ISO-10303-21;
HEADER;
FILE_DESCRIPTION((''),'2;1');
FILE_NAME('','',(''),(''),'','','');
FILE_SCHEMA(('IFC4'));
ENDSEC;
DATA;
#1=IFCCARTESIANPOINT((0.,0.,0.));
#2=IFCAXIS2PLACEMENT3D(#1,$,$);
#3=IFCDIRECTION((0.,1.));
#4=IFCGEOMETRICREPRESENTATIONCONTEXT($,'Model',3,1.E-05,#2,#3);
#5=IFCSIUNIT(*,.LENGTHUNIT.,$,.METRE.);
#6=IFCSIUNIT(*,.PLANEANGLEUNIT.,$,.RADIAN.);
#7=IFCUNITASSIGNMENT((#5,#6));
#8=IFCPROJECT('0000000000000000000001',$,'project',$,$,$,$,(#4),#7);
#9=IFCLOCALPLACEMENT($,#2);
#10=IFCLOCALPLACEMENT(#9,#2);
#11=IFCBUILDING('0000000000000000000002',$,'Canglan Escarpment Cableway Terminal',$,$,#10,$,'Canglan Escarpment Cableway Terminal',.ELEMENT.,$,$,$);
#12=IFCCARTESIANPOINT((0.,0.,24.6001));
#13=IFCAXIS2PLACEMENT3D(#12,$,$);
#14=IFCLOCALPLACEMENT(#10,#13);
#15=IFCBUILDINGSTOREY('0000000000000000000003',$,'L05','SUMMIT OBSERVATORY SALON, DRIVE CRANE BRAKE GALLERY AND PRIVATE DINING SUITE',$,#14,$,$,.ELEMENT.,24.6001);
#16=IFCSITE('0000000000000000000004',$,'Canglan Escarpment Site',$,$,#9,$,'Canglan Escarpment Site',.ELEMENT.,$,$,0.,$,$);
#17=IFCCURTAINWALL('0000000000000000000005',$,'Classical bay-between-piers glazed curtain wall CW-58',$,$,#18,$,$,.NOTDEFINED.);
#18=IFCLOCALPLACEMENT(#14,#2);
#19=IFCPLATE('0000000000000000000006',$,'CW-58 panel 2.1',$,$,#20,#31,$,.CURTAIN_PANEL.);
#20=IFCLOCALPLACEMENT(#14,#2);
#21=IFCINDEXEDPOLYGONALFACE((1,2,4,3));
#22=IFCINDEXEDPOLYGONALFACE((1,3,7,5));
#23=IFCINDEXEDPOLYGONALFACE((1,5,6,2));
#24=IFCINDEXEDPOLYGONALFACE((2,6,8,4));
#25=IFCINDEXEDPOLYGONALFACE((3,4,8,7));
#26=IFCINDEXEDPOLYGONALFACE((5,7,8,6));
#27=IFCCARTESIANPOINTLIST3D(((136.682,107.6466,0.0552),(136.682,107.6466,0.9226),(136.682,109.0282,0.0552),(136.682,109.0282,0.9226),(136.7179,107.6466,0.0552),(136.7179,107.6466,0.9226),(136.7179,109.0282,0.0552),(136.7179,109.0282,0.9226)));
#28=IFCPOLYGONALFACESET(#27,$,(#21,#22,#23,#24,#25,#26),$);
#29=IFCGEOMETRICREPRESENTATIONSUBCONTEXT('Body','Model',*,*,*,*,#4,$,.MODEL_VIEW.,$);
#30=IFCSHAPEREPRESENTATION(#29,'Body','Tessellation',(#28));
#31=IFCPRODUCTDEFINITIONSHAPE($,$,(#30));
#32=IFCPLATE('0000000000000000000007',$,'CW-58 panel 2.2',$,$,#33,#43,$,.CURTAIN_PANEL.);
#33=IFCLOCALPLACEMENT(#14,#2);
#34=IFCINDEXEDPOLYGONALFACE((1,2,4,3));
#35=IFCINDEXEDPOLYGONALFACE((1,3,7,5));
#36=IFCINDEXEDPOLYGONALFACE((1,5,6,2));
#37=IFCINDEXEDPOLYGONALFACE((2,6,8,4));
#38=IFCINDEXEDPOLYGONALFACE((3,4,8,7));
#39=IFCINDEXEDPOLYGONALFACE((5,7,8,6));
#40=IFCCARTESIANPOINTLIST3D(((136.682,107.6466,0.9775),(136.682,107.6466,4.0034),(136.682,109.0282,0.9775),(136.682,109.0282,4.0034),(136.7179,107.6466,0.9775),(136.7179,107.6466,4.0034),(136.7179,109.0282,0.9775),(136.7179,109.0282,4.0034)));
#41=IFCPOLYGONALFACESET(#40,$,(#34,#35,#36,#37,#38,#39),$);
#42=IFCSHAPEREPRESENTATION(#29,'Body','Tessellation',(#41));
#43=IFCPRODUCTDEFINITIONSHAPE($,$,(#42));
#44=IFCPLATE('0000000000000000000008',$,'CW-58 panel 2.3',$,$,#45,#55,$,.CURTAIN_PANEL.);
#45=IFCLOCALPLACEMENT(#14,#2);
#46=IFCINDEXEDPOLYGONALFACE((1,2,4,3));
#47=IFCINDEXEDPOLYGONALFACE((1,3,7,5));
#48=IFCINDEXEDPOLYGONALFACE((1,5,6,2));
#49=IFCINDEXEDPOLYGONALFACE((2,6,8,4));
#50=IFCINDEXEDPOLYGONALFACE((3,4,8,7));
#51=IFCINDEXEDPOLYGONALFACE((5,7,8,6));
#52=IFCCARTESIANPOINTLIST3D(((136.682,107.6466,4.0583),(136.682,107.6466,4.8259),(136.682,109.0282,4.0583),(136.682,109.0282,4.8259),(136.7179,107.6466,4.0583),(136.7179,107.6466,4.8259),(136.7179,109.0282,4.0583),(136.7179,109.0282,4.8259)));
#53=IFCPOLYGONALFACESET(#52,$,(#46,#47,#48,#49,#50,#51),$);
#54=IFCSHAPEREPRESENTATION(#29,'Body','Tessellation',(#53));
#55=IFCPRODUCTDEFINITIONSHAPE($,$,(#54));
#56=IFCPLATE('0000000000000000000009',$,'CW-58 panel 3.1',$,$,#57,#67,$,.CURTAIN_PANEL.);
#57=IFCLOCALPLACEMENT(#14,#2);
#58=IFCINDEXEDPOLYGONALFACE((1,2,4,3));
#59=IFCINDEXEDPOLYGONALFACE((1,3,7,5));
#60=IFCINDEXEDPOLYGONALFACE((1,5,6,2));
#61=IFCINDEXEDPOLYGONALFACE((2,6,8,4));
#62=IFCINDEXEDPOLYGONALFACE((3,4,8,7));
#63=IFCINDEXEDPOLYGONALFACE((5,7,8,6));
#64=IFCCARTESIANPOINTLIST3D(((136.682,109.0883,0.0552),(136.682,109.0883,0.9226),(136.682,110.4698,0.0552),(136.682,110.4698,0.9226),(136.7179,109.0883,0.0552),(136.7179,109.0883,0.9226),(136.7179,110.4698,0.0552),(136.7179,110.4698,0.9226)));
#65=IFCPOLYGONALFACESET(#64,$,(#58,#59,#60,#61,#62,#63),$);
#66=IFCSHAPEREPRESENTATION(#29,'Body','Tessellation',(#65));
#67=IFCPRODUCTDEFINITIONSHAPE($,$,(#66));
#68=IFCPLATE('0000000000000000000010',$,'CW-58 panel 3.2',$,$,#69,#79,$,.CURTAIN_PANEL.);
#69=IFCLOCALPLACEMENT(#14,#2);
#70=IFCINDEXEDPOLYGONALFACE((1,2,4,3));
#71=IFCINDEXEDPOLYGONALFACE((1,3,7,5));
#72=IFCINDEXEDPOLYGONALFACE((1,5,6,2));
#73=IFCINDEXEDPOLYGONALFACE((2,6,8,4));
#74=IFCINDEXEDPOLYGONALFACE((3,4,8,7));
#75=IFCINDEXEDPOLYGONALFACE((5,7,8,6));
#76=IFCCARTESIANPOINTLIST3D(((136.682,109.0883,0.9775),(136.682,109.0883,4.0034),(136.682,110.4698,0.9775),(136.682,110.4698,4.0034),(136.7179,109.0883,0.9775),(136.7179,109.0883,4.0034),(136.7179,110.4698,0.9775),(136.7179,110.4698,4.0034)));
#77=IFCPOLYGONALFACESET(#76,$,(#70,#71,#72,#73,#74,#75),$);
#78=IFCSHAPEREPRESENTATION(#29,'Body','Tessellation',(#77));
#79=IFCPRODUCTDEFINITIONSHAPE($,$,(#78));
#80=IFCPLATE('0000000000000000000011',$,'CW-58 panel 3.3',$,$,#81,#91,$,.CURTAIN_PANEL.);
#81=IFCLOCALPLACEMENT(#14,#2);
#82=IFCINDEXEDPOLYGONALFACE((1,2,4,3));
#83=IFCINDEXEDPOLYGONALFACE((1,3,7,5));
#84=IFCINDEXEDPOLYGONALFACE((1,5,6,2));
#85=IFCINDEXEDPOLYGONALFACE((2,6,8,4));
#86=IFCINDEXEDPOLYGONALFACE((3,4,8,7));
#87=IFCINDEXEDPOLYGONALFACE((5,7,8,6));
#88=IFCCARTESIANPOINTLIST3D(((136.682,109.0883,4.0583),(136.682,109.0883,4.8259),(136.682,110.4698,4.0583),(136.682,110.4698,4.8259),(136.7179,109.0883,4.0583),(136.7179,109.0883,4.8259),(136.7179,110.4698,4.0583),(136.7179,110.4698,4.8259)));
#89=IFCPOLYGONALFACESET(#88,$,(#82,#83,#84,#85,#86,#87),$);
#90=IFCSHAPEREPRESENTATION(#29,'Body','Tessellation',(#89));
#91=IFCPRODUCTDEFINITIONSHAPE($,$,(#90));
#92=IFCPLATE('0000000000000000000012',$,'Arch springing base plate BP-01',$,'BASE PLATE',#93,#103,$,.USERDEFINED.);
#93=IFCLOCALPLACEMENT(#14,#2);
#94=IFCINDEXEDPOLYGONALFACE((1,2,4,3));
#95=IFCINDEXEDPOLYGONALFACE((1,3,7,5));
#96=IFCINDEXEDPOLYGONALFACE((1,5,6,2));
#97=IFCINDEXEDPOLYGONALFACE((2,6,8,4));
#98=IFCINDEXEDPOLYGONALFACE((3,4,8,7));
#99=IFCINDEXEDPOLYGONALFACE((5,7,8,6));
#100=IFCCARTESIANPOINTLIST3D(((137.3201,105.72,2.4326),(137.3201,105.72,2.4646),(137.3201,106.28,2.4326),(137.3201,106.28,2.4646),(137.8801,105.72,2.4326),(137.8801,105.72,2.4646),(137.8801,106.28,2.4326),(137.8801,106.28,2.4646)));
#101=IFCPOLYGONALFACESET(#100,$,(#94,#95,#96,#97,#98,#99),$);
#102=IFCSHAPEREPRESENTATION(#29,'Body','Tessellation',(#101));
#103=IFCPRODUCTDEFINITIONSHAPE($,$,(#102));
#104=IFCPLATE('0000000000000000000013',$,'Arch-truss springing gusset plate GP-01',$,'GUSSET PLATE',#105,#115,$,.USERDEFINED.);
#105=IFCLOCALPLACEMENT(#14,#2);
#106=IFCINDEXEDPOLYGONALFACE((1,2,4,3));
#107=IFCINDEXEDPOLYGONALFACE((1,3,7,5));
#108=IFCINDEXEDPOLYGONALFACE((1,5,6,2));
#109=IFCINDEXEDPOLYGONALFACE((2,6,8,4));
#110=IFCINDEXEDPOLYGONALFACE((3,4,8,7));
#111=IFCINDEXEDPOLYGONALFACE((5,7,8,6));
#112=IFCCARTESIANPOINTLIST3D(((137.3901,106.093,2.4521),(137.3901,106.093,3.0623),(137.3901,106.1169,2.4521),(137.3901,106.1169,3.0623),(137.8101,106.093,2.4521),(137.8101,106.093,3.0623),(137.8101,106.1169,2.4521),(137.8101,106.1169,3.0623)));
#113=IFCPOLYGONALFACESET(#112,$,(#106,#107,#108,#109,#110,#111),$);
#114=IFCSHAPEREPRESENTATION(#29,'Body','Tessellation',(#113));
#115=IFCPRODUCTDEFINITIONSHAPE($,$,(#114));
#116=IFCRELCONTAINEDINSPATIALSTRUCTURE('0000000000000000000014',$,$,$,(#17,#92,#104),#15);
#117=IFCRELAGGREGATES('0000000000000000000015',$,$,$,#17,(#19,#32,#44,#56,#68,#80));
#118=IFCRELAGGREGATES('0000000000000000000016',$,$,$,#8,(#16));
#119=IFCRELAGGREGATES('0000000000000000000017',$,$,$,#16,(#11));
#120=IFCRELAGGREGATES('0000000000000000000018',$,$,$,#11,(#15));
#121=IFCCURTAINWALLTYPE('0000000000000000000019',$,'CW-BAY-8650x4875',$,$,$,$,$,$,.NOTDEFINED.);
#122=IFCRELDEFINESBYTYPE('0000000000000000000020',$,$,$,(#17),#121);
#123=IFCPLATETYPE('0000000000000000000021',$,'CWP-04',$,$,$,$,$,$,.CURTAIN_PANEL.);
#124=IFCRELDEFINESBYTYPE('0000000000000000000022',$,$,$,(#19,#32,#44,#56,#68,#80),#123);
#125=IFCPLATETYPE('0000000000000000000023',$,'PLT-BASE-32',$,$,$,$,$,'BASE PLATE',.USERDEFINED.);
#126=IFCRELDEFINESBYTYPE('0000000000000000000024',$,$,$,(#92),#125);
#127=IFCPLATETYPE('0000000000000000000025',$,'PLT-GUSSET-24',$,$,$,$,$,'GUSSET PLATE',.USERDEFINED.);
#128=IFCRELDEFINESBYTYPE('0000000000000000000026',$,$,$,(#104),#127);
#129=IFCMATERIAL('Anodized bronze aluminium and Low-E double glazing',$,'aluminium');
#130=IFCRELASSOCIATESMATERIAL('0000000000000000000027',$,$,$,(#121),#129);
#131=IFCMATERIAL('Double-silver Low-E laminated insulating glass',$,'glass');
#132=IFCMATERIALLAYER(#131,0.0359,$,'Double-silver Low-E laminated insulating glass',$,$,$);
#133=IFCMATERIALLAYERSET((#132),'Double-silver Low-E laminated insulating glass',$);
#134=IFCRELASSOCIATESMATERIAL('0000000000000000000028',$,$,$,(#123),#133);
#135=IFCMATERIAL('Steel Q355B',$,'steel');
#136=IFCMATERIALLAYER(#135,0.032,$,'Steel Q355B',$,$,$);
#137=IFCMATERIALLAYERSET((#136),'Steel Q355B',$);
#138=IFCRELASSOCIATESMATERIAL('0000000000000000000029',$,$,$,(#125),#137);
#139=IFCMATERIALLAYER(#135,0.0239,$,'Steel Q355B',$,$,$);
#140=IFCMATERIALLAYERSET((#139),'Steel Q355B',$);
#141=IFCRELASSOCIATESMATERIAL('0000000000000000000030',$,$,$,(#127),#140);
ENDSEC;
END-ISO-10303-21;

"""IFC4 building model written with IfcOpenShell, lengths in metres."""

from ifc_helpers import new_model, si_unit, direction, frame, origin, origin_2d, place, context, subcontext, project, spatial, rectangle, extrude, material, layer, layer_set, type_object, element, aggregate, save


model = new_model("IFC4")

# Units and contexts
model_context = context("Model", 3, precision=1e-05, world=origin(), true_north=direction((0.0, 1.0)))
body_context = subcontext(model_context, "Body", "Model", "MODEL_VIEW")
ifc_project = project(units=[si_unit("LENGTHUNIT", "METRE"), si_unit("PLANEANGLEUNIT", "RADIAN")], contexts=[model_context])

# Site, building, storey
site_placement = place(None, origin())
site = spatial("IfcSite", under=ifc_project, at=site_placement, Name="Canglan Escarpment Site", LongName="Canglan Escarpment Site", CompositionType="ELEMENT", RefElevation=0.0)
building_placement = place(site_placement, origin())
building = spatial("IfcBuilding", under=site, at=building_placement, Name="Canglan Escarpment Cableway Terminal", LongName="Canglan Escarpment Cableway Terminal", CompositionType="ELEMENT")
storey_placement = place(building_placement, frame((0.0, 0.0, 24.6001)))
storey = spatial("IfcBuildingStorey", under=building, at=storey_placement, Name="L05", Description="SUMMIT OBSERVATORY SALON, DRIVE CRANE BRAKE GALLERY AND PRIVATE DINING SUITE", CompositionType="ELEMENT", Elevation=24.6001)

# Shared definitions
ifc_material_1 = material(Name="Steel Q355B", Category="steel")

# Curtain wall
ifc_material_2 = material(Name="Anodized bronze aluminium and Low-E double glazing", Category="aluminium")
curtain_wall_type = type_object("IfcCurtainWallType", Name="CW-BAY-8650x4875", PredefinedType="NOTDEFINED", material=ifc_material_2)
curtain_wall_1_placement = place(storey_placement, origin())
curtain_wall_1 = element("IfcCurtainWall", 1, at=curtain_wall_1_placement, inside=storey, type_object=curtain_wall_type, Name="Classical bay-between-piers glazed curtain wall CW-58", PredefinedType="NOTDEFINED")

# Plates
ifc_material_3 = material(Name="Double-silver Low-E laminated insulating glass", Category="glass")
ifc_layer_1 = layer(ifc_material_3, 0.0359, Name="Double-silver Low-E laminated insulating glass")
ifc_layer_set_1 = layer_set([ifc_layer_1], Name="Double-silver Low-E laminated insulating glass")
plate_type_1 = type_object("IfcPlateType", Name="CWP-04", PredefinedType="CURTAIN_PANEL", material=ifc_layer_set_1)
plate_1_placement = place(storey_placement, frame((136.7, 108.3374, 0.0552), z_axis=(0.0, 0.0, 1.0), x_axis=(0.0, 1.0, 0.0)))
plate_1 = element("IfcPlate", 2, at=plate_1_placement, type_object=plate_type_1, Name="CW-58 panel 2.1", PredefinedType="CURTAIN_PANEL", context=body_context, shape_type="SweptSolid", body=[
    extrude(rectangle(XDim=1.3816, YDim=0.0359, at=origin_2d()), origin(), (0.0, 0.0, 1.0), 0.8674),
])
plate_2_placement = place(storey_placement, frame((136.7, 108.3374, 0.9775), z_axis=(0.0, 0.0, 1.0), x_axis=(0.0, 1.0, 0.0)))
plate_2 = element("IfcPlate", 3, at=plate_2_placement, type_object=plate_type_1, Name="CW-58 panel 2.2", PredefinedType="CURTAIN_PANEL", context=body_context, shape_type="SweptSolid", body=[
    extrude(rectangle(XDim=1.3816, YDim=0.0359, at=origin_2d()), origin(), (0.0, 0.0, 1.0), 3.0259),
])
plate_3_placement = place(storey_placement, frame((136.7, 108.3374, 4.0583), z_axis=(0.0, 0.0, 1.0), x_axis=(0.0, 1.0, 0.0)))
plate_3 = element("IfcPlate", 4, at=plate_3_placement, type_object=plate_type_1, Name="CW-58 panel 2.3", PredefinedType="CURTAIN_PANEL", context=body_context, shape_type="SweptSolid", body=[
    extrude(rectangle(XDim=1.3816, YDim=0.0359, at=origin_2d()), origin(), (0.0, 0.0, 1.0), 0.7676),
])
plate_4_placement = place(storey_placement, frame((136.7, 109.7791, 0.0552), z_axis=(0.0, 0.0, 1.0), x_axis=(0.0, 1.0, 0.0)))
plate_4 = element("IfcPlate", 5, at=plate_4_placement, type_object=plate_type_1, Name="CW-58 panel 3.1", PredefinedType="CURTAIN_PANEL", context=body_context, shape_type="SweptSolid", body=[
    extrude(rectangle(XDim=1.3816, YDim=0.0359, at=origin_2d()), origin(), (0.0, 0.0, 1.0), 0.8674),
])
plate_5_placement = place(storey_placement, frame((136.7, 109.7791, 0.9775), z_axis=(0.0, 0.0, 1.0), x_axis=(0.0, 1.0, 0.0)))
plate_5 = element("IfcPlate", 6, at=plate_5_placement, type_object=plate_type_1, Name="CW-58 panel 3.2", PredefinedType="CURTAIN_PANEL", context=body_context, shape_type="SweptSolid", body=[
    extrude(rectangle(XDim=1.3816, YDim=0.0359, at=origin_2d()), origin(), (0.0, 0.0, 1.0), 3.0259),
])
plate_6_placement = place(storey_placement, frame((136.7, 109.7791, 4.0583), z_axis=(0.0, 0.0, 1.0), x_axis=(0.0, 1.0, 0.0)))
plate_6 = element("IfcPlate", 7, at=plate_6_placement, type_object=plate_type_1, Name="CW-58 panel 3.3", PredefinedType="CURTAIN_PANEL", context=body_context, shape_type="SweptSolid", body=[
    extrude(rectangle(XDim=1.3816, YDim=0.0359, at=origin_2d()), origin(), (0.0, 0.0, 1.0), 0.7676),
])
aggregate(curtain_wall_1, [plate_1, plate_2, plate_3, plate_4, plate_5, plate_6])

# Plates
ifc_layer_2 = layer(ifc_material_1, 0.032, Name="Steel Q355B")
ifc_layer_set_2 = layer_set([ifc_layer_2], Name="Steel Q355B")
plate_type_2 = type_object("IfcPlateType", Name="PLT-BASE-32", ElementType="BASE PLATE", PredefinedType="USERDEFINED", material=ifc_layer_set_2)
plate_7_placement = place(storey_placement, frame((137.6001, 106.0, 2.4326), z_axis=(0.0, 0.0, 1.0), x_axis=(1.0, 0.0, 0.0)))
element("IfcPlate", 8, at=plate_7_placement, inside=storey, type_object=plate_type_2, Name="Arch springing base plate BP-01", ObjectType="BASE PLATE", PredefinedType="USERDEFINED", context=body_context, shape_type="SweptSolid", body=[
    extrude(rectangle(XDim=0.5601, YDim=0.5601, at=origin_2d()), origin(), (0.0, 0.0, 1.0), 0.032),
])
ifc_layer_3 = layer(ifc_material_1, 0.0239, Name="Steel Q355B")
ifc_layer_set_3 = layer_set([ifc_layer_3], Name="Steel Q355B")
plate_type_3 = type_object("IfcPlateType", Name="PLT-GUSSET-24", ElementType="GUSSET PLATE", PredefinedType="USERDEFINED", material=ifc_layer_set_3)
plate_8_placement = place(storey_placement, frame((137.6001, 106.105, 2.4521), z_axis=(0.0, 0.0, 1.0), x_axis=(1.0, 0.0, 0.0)))
element("IfcPlate", 9, at=plate_8_placement, inside=storey, type_object=plate_type_3, Name="Arch-truss springing gusset plate GP-01", ObjectType="GUSSET PLATE", PredefinedType="USERDEFINED", context=body_context, shape_type="SweptSolid", body=[
    extrude(rectangle(XDim=0.4199, YDim=0.0239, at=origin_2d()), origin(), (0.0, 0.0, 1.0), 0.6101),
])

save(model, "model.ifc")
